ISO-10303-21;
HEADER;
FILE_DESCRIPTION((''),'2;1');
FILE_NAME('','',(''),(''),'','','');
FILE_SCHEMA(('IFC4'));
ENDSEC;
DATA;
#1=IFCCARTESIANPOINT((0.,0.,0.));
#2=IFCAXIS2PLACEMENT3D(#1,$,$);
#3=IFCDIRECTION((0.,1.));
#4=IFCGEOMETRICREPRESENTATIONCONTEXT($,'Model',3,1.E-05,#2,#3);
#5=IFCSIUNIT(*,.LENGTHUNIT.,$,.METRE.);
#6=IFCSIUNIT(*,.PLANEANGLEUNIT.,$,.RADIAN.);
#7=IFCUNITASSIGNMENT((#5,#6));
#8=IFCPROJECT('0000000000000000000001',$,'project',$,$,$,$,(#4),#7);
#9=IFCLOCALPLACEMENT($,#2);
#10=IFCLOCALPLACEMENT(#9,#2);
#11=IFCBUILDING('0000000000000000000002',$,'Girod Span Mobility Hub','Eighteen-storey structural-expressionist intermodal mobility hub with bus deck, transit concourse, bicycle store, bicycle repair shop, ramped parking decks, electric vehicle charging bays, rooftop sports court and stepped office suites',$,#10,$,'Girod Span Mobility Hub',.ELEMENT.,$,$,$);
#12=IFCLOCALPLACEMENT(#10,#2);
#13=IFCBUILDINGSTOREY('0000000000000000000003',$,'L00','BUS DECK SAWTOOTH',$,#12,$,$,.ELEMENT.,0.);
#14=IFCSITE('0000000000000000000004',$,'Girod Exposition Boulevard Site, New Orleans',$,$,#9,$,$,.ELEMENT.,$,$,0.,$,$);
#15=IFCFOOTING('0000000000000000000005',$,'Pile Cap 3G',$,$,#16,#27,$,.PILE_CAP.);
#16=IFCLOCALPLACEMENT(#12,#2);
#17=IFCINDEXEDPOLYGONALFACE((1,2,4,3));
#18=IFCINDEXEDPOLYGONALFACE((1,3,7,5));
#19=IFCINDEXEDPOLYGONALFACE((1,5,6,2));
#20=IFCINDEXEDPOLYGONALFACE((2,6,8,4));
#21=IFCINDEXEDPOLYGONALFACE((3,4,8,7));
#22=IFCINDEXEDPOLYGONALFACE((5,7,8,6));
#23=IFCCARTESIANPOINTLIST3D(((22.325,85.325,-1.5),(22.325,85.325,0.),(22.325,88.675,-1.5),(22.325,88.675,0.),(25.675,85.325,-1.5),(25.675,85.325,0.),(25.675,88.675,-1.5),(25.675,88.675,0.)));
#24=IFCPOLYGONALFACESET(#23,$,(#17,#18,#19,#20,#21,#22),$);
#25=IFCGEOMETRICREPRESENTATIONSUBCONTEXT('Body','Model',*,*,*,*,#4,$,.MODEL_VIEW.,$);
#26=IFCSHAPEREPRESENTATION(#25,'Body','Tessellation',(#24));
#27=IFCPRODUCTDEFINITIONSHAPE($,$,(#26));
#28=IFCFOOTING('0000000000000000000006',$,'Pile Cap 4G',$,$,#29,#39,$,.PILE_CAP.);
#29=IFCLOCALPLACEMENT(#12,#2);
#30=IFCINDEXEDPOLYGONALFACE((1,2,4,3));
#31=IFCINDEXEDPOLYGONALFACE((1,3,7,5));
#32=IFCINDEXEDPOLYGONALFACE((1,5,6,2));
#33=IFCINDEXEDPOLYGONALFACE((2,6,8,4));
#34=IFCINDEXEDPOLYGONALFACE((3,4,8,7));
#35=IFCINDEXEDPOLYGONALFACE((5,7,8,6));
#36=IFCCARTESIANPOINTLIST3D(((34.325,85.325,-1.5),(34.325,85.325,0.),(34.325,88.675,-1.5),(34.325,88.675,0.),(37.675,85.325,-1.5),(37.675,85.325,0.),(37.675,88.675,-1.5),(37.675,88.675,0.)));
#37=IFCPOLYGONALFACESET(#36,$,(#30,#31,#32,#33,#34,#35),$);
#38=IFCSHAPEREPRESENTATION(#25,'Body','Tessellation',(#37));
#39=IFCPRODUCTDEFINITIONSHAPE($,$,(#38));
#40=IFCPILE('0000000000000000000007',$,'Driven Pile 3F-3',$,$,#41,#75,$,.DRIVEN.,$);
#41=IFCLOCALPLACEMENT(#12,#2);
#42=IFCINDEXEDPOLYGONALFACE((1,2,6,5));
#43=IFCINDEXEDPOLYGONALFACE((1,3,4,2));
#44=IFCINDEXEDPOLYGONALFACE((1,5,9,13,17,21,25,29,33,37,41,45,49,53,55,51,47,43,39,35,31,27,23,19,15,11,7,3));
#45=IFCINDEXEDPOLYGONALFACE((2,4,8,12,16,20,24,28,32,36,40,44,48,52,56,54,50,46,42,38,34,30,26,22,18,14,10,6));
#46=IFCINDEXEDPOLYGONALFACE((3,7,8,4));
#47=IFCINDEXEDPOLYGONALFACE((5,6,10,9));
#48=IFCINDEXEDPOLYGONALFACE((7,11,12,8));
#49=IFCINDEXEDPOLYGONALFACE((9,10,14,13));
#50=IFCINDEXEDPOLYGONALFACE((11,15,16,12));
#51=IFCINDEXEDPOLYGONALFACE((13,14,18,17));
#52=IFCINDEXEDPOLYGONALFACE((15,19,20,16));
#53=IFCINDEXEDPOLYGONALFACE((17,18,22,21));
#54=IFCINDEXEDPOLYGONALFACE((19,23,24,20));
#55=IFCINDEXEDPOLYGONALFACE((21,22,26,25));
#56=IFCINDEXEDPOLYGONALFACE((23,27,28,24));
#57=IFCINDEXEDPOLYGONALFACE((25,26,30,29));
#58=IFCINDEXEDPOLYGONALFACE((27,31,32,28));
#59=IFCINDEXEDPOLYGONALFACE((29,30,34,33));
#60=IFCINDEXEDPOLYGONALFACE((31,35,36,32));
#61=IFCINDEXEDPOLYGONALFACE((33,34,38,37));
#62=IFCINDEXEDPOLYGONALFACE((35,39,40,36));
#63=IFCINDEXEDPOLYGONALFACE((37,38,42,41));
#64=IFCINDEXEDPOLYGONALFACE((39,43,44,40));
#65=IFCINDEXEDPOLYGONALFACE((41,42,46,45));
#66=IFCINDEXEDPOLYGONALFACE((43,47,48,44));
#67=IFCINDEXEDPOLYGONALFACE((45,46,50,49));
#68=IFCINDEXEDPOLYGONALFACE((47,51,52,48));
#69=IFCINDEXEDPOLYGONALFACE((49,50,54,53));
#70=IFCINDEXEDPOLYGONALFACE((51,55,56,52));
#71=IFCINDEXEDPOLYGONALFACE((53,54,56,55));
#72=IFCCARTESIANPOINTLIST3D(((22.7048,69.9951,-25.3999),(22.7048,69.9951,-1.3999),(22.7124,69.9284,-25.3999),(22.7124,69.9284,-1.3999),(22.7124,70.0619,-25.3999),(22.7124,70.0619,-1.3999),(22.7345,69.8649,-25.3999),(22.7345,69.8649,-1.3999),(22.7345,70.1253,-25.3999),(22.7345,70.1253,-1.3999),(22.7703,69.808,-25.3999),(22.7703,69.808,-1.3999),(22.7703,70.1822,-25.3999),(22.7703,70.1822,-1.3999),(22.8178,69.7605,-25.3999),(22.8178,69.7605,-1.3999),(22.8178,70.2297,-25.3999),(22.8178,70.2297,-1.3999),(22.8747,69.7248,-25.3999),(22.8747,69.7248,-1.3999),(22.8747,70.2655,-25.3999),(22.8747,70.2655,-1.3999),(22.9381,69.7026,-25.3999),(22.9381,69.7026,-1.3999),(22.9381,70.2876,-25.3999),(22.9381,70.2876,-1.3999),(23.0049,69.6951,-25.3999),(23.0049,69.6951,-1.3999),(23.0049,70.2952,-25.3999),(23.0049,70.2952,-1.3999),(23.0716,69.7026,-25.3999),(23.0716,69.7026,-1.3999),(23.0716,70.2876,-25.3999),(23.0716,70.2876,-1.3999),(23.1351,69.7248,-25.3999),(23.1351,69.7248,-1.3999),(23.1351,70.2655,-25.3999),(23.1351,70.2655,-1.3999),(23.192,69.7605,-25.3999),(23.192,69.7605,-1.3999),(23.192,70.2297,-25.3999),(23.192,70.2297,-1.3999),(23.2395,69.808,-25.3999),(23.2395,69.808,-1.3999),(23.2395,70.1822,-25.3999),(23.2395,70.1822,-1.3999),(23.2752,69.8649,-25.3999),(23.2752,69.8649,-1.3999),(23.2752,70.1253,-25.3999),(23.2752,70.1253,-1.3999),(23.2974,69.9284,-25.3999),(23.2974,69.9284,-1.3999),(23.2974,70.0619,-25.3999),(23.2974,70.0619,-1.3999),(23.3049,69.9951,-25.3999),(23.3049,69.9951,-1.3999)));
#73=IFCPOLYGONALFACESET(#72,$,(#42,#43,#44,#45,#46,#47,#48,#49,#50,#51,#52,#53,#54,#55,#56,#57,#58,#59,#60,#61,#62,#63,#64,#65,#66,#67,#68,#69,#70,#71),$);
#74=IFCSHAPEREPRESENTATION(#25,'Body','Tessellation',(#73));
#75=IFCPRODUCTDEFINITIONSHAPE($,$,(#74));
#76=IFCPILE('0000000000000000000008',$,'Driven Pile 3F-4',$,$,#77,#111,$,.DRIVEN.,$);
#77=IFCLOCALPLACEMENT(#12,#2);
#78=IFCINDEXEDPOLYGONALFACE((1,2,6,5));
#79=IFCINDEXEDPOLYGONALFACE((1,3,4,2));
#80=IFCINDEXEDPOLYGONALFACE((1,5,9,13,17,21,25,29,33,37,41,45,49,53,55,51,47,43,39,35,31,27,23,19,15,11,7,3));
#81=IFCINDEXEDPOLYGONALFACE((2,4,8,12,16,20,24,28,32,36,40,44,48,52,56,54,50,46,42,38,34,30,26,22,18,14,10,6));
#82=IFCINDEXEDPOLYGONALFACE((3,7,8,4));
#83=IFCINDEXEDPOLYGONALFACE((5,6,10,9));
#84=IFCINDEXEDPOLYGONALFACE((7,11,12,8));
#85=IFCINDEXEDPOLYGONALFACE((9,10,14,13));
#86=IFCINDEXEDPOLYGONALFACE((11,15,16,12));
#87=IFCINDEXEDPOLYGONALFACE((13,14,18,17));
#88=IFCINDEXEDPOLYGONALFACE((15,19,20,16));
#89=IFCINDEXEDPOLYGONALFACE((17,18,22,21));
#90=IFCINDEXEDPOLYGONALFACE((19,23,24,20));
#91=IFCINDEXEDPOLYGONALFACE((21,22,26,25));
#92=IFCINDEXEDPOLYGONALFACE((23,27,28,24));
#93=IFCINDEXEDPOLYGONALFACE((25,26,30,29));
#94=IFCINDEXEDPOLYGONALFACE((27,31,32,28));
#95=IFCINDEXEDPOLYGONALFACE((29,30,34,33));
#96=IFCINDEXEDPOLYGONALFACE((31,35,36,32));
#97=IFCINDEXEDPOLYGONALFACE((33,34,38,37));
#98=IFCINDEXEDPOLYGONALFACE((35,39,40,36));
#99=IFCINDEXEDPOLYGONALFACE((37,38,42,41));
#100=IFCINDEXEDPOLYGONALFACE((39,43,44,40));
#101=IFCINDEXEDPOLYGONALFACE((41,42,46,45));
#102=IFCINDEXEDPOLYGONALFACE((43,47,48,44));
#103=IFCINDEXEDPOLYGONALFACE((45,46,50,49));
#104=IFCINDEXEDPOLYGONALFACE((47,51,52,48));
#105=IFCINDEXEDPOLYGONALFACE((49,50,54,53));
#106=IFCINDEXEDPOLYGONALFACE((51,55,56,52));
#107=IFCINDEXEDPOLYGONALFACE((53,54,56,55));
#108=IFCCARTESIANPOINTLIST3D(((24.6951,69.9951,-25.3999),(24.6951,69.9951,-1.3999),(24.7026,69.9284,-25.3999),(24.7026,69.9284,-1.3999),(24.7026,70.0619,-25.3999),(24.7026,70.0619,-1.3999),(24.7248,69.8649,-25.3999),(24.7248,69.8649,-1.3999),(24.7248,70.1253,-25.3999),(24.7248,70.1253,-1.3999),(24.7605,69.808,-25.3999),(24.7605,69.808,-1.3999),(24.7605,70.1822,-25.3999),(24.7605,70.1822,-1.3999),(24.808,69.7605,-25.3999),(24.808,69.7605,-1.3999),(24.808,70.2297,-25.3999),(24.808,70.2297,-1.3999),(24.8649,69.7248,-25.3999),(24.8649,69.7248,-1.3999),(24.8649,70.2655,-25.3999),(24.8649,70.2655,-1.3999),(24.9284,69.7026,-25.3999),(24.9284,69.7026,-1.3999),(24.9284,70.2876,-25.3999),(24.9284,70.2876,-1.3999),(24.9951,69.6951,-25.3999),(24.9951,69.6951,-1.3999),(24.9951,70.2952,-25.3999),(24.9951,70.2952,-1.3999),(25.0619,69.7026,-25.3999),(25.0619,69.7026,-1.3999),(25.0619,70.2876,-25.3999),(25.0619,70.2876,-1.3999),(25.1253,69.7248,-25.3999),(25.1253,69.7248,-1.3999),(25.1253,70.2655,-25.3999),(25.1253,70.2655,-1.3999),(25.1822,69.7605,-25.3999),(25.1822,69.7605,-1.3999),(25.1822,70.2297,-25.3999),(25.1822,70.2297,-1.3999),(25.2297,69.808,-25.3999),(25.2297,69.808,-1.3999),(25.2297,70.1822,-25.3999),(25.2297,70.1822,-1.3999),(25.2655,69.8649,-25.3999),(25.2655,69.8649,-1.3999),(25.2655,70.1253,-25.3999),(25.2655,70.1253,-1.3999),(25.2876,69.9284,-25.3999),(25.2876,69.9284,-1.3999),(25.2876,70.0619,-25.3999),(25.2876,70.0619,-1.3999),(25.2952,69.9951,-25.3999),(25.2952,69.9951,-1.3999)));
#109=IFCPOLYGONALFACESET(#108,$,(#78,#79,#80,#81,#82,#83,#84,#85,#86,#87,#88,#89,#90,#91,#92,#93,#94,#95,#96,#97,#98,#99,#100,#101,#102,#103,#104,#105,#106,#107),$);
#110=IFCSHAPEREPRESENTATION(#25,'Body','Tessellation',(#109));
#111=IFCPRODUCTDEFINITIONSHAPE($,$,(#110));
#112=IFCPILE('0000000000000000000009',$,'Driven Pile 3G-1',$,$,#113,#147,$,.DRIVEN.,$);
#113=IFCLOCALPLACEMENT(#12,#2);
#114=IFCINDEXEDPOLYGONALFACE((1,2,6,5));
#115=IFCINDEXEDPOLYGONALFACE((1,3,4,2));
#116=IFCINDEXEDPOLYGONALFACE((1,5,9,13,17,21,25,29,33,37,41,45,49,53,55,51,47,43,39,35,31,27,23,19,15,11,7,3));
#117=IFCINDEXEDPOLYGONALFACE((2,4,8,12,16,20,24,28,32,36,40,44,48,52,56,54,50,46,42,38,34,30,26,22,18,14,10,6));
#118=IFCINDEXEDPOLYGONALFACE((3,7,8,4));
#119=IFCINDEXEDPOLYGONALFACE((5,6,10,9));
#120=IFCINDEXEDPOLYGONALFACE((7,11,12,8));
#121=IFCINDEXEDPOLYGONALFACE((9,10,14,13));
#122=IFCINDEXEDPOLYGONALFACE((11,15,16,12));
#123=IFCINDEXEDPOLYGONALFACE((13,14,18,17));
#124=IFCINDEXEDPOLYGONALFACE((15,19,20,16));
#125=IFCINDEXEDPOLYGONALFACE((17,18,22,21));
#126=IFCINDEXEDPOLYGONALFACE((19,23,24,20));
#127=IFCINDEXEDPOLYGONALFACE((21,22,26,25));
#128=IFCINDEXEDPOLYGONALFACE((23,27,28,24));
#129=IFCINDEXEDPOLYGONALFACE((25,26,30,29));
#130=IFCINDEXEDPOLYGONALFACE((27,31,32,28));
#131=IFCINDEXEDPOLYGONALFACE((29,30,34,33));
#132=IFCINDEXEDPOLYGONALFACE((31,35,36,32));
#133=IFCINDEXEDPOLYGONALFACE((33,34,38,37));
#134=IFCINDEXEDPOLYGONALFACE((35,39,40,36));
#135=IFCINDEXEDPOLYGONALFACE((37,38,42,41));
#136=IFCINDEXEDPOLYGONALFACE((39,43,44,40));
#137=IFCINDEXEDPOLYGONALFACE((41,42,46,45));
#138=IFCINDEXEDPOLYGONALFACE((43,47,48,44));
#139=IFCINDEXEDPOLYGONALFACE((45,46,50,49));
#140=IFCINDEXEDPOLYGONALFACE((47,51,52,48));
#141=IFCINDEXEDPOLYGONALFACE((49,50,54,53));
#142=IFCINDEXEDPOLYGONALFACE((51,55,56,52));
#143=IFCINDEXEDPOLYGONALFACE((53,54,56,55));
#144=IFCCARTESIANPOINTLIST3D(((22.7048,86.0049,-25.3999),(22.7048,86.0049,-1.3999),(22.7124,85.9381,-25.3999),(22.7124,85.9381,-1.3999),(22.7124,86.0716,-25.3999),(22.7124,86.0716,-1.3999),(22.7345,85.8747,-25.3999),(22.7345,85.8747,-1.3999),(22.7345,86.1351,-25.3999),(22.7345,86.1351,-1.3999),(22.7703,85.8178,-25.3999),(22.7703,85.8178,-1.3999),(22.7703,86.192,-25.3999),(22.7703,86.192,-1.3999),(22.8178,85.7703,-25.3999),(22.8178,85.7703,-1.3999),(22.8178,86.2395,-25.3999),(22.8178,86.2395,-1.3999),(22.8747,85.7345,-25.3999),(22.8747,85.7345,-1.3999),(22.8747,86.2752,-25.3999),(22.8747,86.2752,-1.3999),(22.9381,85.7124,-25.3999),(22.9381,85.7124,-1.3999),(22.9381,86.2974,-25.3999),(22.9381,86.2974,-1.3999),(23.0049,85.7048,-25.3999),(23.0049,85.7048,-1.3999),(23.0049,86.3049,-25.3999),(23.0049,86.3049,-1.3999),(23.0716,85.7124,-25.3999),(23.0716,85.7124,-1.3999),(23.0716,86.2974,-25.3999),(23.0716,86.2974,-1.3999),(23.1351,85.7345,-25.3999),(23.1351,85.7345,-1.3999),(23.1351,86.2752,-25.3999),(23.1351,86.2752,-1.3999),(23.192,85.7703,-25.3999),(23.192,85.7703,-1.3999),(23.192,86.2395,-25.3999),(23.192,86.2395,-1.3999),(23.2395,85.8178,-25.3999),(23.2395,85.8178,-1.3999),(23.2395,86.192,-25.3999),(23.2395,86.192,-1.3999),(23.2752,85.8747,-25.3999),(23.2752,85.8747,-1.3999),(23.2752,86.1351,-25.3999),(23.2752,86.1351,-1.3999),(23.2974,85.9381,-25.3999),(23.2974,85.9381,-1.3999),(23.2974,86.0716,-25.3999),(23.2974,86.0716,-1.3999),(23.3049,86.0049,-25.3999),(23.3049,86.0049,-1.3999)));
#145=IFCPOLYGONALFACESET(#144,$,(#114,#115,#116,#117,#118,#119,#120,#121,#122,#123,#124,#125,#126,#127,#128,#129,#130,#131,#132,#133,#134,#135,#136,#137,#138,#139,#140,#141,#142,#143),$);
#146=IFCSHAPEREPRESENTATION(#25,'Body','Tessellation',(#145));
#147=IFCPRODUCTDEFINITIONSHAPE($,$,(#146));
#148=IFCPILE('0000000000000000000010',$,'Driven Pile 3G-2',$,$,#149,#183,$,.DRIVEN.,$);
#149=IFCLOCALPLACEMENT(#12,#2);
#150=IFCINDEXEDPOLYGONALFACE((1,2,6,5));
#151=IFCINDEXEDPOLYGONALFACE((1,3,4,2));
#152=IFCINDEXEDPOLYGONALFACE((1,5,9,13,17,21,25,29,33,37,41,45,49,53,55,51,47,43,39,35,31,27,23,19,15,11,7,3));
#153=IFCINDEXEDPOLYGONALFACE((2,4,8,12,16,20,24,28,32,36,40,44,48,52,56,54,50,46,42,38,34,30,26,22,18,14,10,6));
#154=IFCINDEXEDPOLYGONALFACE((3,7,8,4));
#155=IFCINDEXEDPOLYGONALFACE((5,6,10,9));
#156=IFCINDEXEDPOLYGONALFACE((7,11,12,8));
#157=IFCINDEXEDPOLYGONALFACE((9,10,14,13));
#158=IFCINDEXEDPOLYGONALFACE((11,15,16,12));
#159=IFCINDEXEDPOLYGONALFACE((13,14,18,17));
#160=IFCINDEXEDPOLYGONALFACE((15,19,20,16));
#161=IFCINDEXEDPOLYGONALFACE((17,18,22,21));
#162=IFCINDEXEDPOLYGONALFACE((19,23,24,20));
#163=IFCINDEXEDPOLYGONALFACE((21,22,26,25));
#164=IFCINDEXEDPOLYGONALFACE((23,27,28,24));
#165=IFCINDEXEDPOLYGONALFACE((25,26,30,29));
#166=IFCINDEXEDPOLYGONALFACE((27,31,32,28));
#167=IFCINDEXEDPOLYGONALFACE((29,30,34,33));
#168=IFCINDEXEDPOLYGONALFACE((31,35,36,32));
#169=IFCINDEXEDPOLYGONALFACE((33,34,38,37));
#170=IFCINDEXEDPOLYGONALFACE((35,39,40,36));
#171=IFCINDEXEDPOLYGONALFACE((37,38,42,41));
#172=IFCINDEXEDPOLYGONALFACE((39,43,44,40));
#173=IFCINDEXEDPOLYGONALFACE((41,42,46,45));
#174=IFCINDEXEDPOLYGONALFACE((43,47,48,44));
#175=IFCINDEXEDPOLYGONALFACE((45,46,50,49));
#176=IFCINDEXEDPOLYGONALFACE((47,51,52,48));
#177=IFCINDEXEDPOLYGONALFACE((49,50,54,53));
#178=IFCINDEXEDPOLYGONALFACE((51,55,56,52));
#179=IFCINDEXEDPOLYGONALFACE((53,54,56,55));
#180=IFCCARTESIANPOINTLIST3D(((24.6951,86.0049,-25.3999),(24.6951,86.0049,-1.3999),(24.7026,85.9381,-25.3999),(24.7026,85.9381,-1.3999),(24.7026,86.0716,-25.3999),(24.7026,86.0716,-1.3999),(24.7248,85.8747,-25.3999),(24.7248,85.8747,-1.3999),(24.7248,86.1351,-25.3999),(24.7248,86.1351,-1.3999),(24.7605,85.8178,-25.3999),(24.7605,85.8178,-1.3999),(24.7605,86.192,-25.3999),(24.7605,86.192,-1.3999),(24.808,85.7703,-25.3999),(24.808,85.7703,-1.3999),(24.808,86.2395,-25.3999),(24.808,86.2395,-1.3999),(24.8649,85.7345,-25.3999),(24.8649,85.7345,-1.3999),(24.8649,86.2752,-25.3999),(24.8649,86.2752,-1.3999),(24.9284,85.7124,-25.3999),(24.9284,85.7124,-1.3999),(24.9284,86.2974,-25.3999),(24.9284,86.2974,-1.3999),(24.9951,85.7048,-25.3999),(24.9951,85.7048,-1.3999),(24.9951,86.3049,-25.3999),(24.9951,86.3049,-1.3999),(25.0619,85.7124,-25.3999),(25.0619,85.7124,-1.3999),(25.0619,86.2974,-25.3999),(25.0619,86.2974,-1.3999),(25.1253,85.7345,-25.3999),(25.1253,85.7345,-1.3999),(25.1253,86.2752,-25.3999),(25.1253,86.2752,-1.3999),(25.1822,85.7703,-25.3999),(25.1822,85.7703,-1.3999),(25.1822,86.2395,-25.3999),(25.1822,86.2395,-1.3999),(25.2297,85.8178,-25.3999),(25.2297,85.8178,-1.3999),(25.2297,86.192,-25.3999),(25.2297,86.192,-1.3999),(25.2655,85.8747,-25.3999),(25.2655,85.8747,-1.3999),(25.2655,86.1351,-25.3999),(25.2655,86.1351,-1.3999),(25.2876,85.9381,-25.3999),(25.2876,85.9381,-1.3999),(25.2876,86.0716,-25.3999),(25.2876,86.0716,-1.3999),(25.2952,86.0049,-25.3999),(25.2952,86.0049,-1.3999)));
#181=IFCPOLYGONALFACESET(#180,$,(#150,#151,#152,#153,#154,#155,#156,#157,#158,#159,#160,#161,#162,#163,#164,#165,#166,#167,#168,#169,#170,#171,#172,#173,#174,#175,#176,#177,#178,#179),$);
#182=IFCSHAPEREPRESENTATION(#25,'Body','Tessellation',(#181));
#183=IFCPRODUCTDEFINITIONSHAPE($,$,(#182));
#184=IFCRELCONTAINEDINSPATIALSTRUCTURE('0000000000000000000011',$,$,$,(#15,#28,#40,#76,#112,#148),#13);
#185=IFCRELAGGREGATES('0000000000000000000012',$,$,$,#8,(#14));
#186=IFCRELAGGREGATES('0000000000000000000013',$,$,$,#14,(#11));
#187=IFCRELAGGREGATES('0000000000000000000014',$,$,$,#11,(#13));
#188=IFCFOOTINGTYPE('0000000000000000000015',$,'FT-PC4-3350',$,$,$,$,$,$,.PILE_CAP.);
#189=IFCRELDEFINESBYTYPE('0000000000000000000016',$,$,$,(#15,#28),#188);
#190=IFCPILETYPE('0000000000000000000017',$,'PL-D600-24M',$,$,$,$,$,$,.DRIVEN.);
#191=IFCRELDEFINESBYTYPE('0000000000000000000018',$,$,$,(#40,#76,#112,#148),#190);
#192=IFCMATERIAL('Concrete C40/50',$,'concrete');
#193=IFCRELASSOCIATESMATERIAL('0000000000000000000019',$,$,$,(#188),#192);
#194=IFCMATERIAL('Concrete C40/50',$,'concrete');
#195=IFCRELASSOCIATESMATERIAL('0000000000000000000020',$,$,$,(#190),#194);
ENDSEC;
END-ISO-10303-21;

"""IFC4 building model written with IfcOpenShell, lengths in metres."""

from ifc_helpers import new_model, si_unit, direction, frame, origin, origin_2d, place, context, subcontext, project, spatial, rectangle, circle, extrude, material, material_profile, profile_set, type_object, element, save


model = new_model("IFC4")

# Units and contexts
model_context = context("Model", 3, precision=1e-05, world=origin(), true_north=direction((0.0, 1.0)))
body_context = subcontext(model_context, "Body", "Model", "MODEL_VIEW")
ifc_project = project(units=[si_unit("LENGTHUNIT", "METRE"), si_unit("PLANEANGLEUNIT", "RADIAN")], contexts=[model_context])

# Site, building, storey
site_placement = place(None, origin())
site = spatial("IfcSite", under=ifc_project, at=site_placement, Name="Girod Exposition Boulevard Site, New Orleans", CompositionType="ELEMENT", RefElevation=0.0)
building_placement = place(site_placement, origin())
building = spatial("IfcBuilding", under=site, at=building_placement, Name="Girod Span Mobility Hub", Description="Eighteen-storey structural-expressionist intermodal mobility hub with bus deck, transit concourse, bicycle store, bicycle repair shop, ramped parking decks, electric vehicle charging bays, rooftop sports court and stepped office suites", LongName="Girod Span Mobility Hub", CompositionType="ELEMENT")
storey_placement = place(building_placement, origin())
storey = spatial("IfcBuildingStorey", under=building, at=storey_placement, Name="L00", Description="BUS DECK SAWTOOTH", CompositionType="ELEMENT", Elevation=0.0)

# Footings
ifc_material_1 = material(Name="Concrete C40/50", Category="concrete")
footing_type = type_object("IfcFootingType", Name="FT-PC4-3350", PredefinedType="PILE_CAP", material=ifc_material_1)
for number, where, z_axis, x_axis, name in (
    (1, (24.0, 87.0, -1.5), (0.0, 0.0, 1.0), (1.0, 0.0, 0.0), "Pile Cap 3G"),
    (2, (36.0, 87.0, -1.5), (0.0, 0.0, 1.0), (1.0, 0.0, 0.0), "Pile Cap 4G"),
):
    element("IfcFooting", number, at=place(storey_placement, frame(where, z_axis=z_axis, x_axis=x_axis)), inside=storey, type_object=footing_type, Name=name, PredefinedType="PILE_CAP", context=body_context, shape_type="SweptSolid", body=[
        extrude(rectangle(XDim=3.3501, YDim=3.3501, at=origin_2d()), origin(), (0.0, 0.0, 1.0), 1.5),
    ])

# Piles
ifc_material_2 = material(Name="Concrete C40/50", Category="concrete")
ifc_material_profile_1 = material_profile(ifc_material_2, circle(Radius=0.3, at=origin_2d()), Name="PILE-D600")
ifc_profile_set_1 = profile_set([ifc_material_profile_1], Name="Concrete C40/50")
pile_type = type_object("IfcPileType", Name="PL-D600-24M", PredefinedType="DRIVEN", material=ifc_profile_set_1)
for number, where, z_axis, x_axis, name in (
    (3, (23.0049, 69.9951, -1.3999), (0.0, 0.0, -1.0), (1.0, 0.0, 0.0), "Driven Pile 3F-3"),
    (4, (24.9951, 69.9951, -1.3999), (0.0, 0.0, -1.0), (1.0, 0.0, 0.0), "Driven Pile 3F-4"),
    (5, (23.0049, 86.0049, -1.3999), (0.0, 0.0, -1.0), (1.0, 0.0, 0.0), "Driven Pile 3G-1"),
    (6, (24.9951, 86.0049, -1.3999), (0.0, 0.0, -1.0), (1.0, 0.0, 0.0), "Driven Pile 3G-2"),
):
    element("IfcPile", number, at=place(storey_placement, frame(where, z_axis=z_axis, x_axis=x_axis)), inside=storey, type_object=pile_type, Name=name, PredefinedType="DRIVEN", context=body_context, shape_type="SweptSolid", body=[
        extrude(circle(Radius=0.3, at=origin_2d()), origin(), (0.0, 0.0, 1.0), 24.0),
    ])

save(model, "model.ifc")
